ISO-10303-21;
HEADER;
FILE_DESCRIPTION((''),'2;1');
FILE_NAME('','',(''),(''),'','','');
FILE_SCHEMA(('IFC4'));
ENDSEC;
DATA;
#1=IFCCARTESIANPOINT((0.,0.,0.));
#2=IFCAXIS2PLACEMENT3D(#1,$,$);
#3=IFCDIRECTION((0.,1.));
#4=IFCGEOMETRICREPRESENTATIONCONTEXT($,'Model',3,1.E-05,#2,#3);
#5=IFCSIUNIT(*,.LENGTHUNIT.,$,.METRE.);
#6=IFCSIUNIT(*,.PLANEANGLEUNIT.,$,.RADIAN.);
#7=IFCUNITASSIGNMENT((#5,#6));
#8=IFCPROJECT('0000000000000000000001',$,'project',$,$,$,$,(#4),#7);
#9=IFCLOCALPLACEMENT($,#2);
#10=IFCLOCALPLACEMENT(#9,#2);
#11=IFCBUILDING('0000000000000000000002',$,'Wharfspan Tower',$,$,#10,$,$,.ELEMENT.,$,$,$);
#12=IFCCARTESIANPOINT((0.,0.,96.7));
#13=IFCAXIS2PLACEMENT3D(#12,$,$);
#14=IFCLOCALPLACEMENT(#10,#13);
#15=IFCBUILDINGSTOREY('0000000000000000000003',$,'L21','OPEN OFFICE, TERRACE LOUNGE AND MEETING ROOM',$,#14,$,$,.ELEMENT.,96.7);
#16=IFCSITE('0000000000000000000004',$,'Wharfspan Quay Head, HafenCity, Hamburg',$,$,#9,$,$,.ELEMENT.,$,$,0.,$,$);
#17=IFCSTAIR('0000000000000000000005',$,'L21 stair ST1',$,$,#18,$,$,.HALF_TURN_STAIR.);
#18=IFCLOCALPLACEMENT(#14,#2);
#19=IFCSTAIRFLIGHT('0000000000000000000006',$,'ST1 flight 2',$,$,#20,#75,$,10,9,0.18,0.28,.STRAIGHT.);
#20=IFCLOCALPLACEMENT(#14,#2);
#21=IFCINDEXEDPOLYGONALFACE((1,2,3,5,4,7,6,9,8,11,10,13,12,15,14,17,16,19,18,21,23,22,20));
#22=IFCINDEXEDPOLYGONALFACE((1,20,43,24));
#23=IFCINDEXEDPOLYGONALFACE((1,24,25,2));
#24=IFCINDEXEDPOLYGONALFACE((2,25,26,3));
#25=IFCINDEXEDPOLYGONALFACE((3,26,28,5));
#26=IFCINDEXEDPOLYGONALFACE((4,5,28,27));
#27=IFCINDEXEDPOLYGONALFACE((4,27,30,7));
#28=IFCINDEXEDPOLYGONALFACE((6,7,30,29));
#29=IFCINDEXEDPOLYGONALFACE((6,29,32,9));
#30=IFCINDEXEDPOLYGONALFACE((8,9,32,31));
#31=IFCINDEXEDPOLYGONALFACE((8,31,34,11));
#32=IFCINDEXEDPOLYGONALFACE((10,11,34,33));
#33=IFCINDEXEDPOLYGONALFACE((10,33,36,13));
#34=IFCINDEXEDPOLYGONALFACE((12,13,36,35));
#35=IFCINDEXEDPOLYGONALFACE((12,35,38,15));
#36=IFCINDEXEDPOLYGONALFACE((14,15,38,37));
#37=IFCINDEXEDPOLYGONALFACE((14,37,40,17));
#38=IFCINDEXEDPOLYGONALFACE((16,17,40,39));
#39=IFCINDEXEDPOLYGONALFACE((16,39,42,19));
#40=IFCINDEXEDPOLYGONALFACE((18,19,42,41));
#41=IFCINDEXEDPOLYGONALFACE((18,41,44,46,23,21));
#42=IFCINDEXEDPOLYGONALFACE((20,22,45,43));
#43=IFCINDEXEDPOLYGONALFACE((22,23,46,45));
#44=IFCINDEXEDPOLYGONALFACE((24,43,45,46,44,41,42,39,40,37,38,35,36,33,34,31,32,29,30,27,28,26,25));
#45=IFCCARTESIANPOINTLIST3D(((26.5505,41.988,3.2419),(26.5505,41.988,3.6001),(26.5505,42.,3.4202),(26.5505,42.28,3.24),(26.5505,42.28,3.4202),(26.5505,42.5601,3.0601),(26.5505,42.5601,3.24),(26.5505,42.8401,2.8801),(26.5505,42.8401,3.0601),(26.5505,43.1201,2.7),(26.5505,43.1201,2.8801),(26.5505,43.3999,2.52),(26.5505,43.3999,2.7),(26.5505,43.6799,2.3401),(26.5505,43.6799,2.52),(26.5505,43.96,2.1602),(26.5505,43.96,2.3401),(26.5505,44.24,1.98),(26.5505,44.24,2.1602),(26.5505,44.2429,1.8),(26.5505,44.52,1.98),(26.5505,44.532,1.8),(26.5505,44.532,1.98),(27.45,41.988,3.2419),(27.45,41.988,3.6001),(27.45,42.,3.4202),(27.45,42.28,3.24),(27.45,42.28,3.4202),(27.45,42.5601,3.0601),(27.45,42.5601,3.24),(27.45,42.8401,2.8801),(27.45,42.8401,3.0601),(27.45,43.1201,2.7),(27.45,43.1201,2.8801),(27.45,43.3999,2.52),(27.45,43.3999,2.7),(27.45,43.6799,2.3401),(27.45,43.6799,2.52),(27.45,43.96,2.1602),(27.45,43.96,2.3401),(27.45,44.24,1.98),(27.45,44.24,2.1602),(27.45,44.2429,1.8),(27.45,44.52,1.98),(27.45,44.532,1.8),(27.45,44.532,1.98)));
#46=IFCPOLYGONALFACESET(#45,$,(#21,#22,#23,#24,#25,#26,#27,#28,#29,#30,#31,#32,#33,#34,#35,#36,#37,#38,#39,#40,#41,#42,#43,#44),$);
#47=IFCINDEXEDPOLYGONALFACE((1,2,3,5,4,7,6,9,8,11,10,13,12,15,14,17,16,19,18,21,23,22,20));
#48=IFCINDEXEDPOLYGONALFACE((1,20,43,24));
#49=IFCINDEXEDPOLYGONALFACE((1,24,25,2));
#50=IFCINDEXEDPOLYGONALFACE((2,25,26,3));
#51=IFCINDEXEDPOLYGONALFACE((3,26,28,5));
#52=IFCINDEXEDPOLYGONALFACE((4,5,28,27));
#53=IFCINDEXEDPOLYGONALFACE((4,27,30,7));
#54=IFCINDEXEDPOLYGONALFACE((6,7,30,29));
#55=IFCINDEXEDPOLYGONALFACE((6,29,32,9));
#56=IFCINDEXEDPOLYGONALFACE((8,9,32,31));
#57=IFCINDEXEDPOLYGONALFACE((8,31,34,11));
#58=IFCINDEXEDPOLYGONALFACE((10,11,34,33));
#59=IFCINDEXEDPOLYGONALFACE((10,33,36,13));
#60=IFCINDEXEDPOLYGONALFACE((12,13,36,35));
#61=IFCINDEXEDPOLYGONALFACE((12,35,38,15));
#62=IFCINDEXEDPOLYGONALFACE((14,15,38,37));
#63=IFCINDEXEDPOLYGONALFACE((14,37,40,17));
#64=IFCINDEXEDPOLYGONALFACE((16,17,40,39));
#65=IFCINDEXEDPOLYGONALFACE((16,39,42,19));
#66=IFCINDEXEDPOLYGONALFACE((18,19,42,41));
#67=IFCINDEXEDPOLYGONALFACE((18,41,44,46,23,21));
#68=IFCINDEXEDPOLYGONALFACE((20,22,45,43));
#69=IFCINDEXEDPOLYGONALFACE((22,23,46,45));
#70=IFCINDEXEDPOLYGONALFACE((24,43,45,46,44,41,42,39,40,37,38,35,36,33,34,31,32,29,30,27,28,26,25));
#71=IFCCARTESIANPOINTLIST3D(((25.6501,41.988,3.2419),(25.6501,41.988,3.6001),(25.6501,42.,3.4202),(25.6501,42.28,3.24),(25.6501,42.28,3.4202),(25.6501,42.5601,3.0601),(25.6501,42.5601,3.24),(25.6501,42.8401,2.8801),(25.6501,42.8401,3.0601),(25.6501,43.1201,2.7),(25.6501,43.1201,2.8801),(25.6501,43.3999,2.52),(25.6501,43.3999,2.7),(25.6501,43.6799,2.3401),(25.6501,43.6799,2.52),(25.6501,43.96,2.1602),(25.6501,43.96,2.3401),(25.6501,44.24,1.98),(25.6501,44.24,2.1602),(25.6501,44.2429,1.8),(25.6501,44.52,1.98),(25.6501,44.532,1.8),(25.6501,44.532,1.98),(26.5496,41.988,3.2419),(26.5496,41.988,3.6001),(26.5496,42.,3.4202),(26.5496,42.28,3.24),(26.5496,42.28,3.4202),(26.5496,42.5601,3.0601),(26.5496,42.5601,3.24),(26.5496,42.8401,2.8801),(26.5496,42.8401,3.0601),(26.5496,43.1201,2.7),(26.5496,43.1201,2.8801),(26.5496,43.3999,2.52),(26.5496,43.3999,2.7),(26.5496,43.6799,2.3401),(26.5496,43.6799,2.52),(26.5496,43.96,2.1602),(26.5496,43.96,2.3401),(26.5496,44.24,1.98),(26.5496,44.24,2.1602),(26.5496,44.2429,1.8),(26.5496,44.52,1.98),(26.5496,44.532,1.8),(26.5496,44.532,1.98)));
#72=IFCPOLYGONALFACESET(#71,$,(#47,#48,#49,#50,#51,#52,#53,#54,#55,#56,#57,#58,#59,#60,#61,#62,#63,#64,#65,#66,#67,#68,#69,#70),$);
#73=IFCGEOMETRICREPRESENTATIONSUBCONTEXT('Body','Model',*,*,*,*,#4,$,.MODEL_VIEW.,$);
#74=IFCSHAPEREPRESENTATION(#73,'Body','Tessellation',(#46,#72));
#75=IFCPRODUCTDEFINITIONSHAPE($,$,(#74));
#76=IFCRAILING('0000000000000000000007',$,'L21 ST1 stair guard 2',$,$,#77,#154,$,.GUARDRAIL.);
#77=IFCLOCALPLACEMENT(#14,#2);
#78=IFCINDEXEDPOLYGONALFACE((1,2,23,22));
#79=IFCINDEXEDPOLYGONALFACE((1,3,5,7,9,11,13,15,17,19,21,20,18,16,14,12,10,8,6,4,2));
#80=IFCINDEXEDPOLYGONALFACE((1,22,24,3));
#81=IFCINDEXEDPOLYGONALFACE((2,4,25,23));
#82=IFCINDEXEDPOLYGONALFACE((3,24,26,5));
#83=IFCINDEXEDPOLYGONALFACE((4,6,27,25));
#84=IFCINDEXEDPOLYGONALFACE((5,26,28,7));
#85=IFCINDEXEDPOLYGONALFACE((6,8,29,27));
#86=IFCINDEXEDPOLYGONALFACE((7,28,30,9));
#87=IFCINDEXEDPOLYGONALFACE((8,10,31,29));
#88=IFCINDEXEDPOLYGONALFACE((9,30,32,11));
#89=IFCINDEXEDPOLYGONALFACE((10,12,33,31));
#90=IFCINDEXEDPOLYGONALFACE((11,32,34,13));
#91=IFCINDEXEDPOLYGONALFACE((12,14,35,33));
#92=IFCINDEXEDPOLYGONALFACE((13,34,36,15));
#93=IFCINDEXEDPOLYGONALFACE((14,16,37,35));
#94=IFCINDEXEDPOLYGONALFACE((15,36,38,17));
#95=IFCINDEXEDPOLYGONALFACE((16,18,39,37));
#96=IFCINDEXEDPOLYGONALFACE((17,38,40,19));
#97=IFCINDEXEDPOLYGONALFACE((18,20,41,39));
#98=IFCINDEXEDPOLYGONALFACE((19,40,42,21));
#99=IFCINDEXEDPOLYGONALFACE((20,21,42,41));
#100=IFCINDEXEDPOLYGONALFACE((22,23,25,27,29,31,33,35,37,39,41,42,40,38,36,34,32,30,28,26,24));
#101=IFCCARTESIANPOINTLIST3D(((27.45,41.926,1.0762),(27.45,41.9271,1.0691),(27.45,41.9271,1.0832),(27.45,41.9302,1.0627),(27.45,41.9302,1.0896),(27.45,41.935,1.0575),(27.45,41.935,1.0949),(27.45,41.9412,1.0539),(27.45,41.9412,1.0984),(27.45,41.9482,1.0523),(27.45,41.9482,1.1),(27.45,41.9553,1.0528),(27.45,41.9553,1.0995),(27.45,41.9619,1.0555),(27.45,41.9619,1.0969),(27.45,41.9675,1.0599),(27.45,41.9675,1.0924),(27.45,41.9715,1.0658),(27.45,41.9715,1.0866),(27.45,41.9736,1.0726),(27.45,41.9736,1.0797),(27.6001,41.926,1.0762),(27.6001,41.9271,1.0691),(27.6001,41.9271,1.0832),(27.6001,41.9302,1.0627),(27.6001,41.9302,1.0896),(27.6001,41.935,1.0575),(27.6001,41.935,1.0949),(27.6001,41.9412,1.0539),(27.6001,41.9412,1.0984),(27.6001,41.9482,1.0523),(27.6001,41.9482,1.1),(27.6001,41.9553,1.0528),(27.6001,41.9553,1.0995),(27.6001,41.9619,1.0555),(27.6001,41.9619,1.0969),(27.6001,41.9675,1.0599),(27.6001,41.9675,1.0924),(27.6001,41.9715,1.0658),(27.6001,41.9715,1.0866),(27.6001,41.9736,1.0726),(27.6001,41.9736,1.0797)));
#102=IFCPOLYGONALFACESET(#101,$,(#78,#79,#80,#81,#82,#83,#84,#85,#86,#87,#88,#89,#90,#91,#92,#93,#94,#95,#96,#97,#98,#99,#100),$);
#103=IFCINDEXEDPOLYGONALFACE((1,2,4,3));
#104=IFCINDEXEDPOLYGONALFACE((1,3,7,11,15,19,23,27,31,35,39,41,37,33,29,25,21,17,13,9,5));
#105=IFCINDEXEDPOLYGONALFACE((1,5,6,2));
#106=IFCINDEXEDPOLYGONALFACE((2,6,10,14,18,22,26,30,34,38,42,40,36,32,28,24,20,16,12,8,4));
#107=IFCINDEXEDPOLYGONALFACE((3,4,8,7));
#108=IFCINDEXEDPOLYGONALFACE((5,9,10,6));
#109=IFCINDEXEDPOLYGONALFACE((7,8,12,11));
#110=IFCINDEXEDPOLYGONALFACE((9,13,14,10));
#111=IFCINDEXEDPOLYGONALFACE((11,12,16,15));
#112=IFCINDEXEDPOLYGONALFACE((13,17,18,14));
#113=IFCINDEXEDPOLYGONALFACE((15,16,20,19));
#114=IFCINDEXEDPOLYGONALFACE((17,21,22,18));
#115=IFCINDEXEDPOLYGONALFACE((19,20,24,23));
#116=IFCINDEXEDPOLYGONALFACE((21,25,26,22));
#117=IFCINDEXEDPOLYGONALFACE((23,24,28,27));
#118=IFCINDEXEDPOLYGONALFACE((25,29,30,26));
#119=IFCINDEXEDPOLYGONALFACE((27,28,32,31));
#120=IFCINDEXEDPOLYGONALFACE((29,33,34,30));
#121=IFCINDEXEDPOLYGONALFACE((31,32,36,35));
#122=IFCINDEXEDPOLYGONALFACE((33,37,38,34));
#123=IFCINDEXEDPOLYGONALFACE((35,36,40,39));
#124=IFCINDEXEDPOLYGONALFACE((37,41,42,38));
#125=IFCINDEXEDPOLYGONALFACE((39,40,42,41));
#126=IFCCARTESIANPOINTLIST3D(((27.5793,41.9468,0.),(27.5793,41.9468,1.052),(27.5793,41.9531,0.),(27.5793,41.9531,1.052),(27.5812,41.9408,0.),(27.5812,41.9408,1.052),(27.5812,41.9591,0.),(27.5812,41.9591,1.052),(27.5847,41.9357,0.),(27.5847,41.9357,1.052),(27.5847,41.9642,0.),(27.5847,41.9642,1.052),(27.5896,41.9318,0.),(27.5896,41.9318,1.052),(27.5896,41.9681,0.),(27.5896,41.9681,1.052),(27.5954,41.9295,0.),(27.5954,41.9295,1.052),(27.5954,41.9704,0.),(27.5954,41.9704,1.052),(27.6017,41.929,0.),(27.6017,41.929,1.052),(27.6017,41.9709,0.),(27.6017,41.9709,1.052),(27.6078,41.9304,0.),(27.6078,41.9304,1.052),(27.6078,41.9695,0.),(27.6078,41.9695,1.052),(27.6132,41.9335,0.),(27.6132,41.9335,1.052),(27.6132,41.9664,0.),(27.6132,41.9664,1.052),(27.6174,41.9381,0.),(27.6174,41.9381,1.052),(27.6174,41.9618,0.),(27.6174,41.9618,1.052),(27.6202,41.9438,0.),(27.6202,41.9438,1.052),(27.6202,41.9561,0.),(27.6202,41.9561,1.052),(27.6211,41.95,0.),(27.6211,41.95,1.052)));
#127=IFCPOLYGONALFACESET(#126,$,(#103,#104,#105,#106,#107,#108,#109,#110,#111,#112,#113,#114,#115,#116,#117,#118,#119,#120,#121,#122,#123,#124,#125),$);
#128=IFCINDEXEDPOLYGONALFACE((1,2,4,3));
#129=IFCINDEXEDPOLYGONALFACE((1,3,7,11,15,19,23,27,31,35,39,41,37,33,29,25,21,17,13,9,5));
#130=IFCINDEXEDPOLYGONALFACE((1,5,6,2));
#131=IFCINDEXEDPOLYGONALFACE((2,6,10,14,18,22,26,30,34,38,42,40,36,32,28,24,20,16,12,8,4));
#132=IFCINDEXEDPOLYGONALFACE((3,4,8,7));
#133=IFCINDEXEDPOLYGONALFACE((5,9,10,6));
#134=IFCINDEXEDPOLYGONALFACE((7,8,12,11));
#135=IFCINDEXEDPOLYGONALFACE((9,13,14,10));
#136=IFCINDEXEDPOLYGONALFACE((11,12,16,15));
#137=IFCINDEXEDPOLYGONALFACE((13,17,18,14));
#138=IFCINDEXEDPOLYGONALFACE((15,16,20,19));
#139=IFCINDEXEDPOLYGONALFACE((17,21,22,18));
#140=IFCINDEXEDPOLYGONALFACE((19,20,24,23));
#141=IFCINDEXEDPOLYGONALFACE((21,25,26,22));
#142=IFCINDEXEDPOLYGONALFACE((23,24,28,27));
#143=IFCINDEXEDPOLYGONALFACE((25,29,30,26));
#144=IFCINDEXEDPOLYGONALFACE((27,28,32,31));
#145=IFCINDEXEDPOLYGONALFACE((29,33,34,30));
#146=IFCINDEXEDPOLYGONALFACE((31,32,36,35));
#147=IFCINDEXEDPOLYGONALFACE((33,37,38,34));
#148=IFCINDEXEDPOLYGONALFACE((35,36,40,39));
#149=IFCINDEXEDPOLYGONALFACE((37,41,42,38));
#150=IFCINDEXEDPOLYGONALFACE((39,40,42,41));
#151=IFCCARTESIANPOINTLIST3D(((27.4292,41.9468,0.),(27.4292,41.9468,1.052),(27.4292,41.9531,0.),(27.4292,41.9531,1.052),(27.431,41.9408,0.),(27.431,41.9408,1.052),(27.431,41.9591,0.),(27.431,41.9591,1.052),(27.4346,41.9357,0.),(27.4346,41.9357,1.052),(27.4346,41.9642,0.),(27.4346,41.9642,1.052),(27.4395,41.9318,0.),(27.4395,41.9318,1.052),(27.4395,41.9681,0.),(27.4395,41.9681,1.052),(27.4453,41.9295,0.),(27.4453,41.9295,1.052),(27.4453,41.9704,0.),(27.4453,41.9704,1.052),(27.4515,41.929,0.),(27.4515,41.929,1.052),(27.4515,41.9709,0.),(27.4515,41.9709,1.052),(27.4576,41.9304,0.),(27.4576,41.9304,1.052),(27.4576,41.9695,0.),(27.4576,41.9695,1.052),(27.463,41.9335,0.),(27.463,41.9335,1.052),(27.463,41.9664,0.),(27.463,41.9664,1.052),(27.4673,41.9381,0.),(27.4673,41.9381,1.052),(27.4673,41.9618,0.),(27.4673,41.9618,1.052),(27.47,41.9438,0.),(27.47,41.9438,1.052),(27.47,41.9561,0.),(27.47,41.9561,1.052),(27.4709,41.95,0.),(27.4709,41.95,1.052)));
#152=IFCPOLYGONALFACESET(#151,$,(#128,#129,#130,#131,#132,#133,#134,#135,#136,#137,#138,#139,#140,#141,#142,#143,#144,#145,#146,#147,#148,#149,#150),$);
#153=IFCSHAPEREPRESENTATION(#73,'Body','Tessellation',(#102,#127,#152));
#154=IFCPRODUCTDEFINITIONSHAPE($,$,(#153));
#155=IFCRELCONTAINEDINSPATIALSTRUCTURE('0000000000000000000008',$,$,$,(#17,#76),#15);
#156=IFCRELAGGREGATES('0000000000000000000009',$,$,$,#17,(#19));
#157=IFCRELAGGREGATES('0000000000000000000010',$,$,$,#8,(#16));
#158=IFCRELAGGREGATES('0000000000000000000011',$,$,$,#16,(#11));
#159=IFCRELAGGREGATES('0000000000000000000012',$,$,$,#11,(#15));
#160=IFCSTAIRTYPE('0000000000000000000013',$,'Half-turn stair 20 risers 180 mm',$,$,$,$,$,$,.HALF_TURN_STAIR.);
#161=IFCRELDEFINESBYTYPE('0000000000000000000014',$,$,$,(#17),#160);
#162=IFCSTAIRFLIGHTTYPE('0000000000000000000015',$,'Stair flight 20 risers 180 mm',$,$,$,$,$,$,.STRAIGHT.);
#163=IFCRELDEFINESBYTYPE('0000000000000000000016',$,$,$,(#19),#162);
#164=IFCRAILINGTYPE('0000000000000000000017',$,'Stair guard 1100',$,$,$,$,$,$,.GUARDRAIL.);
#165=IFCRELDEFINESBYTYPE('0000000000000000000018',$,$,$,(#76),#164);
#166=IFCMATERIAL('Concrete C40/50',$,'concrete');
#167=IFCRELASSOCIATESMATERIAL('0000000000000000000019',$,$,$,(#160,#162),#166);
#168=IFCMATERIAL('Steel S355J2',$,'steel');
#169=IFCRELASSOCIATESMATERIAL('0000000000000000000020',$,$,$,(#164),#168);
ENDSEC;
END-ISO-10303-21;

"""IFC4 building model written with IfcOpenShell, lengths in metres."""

from ifc_helpers import new_model, si_unit, direction, frame, origin, origin_2d, place, context, subcontext, project, spatial, polyline, circle, outline, extrude, material, type_object, element, aggregate, save


model = new_model("IFC4")

# Units and contexts
model_context = context("Model", 3, precision=1e-05, world=origin(), true_north=direction((0.0, 1.0)))
body_context = subcontext(model_context, "Body", "Model", "MODEL_VIEW")
ifc_project = project(units=[si_unit("LENGTHUNIT", "METRE"), si_unit("PLANEANGLEUNIT", "RADIAN")], contexts=[model_context])

# Site, building, storey
site_placement = place(None, origin())
site = spatial("IfcSite", under=ifc_project, at=site_placement, Name="Wharfspan Quay Head, HafenCity, Hamburg", CompositionType="ELEMENT", RefElevation=0.0)
building_placement = place(site_placement, origin())
building = spatial("IfcBuilding", under=site, at=building_placement, Name="Wharfspan Tower", CompositionType="ELEMENT")
storey_placement = place(building_placement, frame((0.0, 0.0, 96.7)))
storey = spatial("IfcBuildingStorey", under=building, at=storey_placement, Name="L21", Description="OPEN OFFICE, TERRACE LOUNGE AND MEETING ROOM", CompositionType="ELEMENT", Elevation=96.7)

# Shared definitions
ifc_material_1 = material(Name="Steel S355J2", Category="steel")

# Shared definitions
ifc_material_2 = material(Name="Concrete C40/50", Category="concrete")

# Stair, stair flight
stair_type = type_object("IfcStairType", Name="Half-turn stair 20 risers 180 mm", PredefinedType="HALF_TURN_STAIR", material=ifc_material_2)
stair_placement = place(storey_placement, origin())
stair = element("IfcStair", 1, at=stair_placement, inside=storey, type_object=stair_type, Name="L21 stair ST1", PredefinedType="HALF_TURN_STAIR")
stair_flight_type = type_object("IfcStairFlightType", Name="Stair flight 20 risers 180 mm", PredefinedType="STRAIGHT", material=ifc_material_2)
stair_flight_1_placement = place(storey_placement, frame((26.55, 44.52, 1.8), z_axis=(0.0, 0.0, 1.0), x_axis=(0.0, -1.0, 0.0)))
stair_flight_1 = element("IfcStairFlight", 2, at=stair_flight_1_placement, type_object=stair_flight_type, Name="ST1 flight 2", NumberOfRisers=10, NumberOfTreads=9, PredefinedType="STRAIGHT", RiserHeight=0.18, TreadLength=0.28, context=body_context, shape_type="SweptSolid", body=[
    extrude(outline(polyline([(-0.012, 0.0), (-0.012, 0.1799), (0.0, 0.1799), (0.28, 0.1799), (0.28, 0.3601), (0.5601, 0.3601), (0.5601, 0.54), (0.8401, 0.54), (0.8401, 0.72), (1.1201, 0.72), (1.1201, 0.8999), (1.3999, 0.8999), (1.3999, 1.0801), (1.6799, 1.0801), (1.6799, 1.26), (1.96, 1.26), (1.96, 1.4399), (2.24, 1.4399), (2.24, 1.6201), (2.52, 1.6201), (2.532, 1.8), (2.532, 1.4419), (0.2771, 0.0), (-0.012, 0.0)])), frame((0.0, 0.8999, 0.0), z_axis=(0.0, -1.0, 0.0), x_axis=(1.0, 0.0, 0.0)), (0.0, 0.0, 1.0), 0.8994),
    extrude(outline(polyline([(-0.012, 0.0), (-0.012, 0.1799), (0.0, 0.1799), (0.28, 0.1799), (0.28, 0.3601), (0.5601, 0.3601), (0.5601, 0.54), (0.8401, 0.54), (0.8401, 0.72), (1.1201, 0.72), (1.1201, 0.8999), (1.3999, 0.8999), (1.3999, 1.0801), (1.6799, 1.0801), (1.6799, 1.26), (1.96, 1.26), (1.96, 1.4399), (2.24, 1.4399), (2.24, 1.6201), (2.52, 1.6201), (2.532, 1.8), (2.532, 1.4419), (0.2771, 0.0), (-0.012, 0.0)])), frame((0.0, -0.0005, 0.0), z_axis=(0.0, -1.0, 0.0), x_axis=(1.0, 0.0, 0.0)), (0.0, 0.0, 1.0), 0.8994),
])
aggregate(stair, [stair_flight_1])

# Railing
railing_type_1 = type_object("IfcRailingType", Name="Stair guard 1100", PredefinedType="GUARDRAIL", material=ifc_material_1)
railing_1_placement = place(storey_placement, frame((27.6001, 41.95, 0.0)))
element("IfcRailing", 3, at=railing_1_placement, inside=storey, type_object=railing_type_1, Name="L21 ST1 stair guard 2", PredefinedType="GUARDRAIL", context=body_context, shape_type="SweptSolid", body=[
    extrude(circle(Radius=0.0239, at=origin_2d()), frame((0.0, 0.0, 1.0762), z_axis=(-1.0, 0.0, 0.0), x_axis=(0.0, -1.0, 0.0)), (0.0, 0.0, 1.0), 0.1501),
    extrude(circle(Radius=0.021, at=origin_2d()), origin(), (0.0, 0.0, 1.0), 1.052),
    extrude(circle(Radius=0.021, at=origin_2d()), frame((-0.1501, 0.0, 0.0)), (0.0, 0.0, 1.0), 1.052),
])

save(model, "model.ifc")
